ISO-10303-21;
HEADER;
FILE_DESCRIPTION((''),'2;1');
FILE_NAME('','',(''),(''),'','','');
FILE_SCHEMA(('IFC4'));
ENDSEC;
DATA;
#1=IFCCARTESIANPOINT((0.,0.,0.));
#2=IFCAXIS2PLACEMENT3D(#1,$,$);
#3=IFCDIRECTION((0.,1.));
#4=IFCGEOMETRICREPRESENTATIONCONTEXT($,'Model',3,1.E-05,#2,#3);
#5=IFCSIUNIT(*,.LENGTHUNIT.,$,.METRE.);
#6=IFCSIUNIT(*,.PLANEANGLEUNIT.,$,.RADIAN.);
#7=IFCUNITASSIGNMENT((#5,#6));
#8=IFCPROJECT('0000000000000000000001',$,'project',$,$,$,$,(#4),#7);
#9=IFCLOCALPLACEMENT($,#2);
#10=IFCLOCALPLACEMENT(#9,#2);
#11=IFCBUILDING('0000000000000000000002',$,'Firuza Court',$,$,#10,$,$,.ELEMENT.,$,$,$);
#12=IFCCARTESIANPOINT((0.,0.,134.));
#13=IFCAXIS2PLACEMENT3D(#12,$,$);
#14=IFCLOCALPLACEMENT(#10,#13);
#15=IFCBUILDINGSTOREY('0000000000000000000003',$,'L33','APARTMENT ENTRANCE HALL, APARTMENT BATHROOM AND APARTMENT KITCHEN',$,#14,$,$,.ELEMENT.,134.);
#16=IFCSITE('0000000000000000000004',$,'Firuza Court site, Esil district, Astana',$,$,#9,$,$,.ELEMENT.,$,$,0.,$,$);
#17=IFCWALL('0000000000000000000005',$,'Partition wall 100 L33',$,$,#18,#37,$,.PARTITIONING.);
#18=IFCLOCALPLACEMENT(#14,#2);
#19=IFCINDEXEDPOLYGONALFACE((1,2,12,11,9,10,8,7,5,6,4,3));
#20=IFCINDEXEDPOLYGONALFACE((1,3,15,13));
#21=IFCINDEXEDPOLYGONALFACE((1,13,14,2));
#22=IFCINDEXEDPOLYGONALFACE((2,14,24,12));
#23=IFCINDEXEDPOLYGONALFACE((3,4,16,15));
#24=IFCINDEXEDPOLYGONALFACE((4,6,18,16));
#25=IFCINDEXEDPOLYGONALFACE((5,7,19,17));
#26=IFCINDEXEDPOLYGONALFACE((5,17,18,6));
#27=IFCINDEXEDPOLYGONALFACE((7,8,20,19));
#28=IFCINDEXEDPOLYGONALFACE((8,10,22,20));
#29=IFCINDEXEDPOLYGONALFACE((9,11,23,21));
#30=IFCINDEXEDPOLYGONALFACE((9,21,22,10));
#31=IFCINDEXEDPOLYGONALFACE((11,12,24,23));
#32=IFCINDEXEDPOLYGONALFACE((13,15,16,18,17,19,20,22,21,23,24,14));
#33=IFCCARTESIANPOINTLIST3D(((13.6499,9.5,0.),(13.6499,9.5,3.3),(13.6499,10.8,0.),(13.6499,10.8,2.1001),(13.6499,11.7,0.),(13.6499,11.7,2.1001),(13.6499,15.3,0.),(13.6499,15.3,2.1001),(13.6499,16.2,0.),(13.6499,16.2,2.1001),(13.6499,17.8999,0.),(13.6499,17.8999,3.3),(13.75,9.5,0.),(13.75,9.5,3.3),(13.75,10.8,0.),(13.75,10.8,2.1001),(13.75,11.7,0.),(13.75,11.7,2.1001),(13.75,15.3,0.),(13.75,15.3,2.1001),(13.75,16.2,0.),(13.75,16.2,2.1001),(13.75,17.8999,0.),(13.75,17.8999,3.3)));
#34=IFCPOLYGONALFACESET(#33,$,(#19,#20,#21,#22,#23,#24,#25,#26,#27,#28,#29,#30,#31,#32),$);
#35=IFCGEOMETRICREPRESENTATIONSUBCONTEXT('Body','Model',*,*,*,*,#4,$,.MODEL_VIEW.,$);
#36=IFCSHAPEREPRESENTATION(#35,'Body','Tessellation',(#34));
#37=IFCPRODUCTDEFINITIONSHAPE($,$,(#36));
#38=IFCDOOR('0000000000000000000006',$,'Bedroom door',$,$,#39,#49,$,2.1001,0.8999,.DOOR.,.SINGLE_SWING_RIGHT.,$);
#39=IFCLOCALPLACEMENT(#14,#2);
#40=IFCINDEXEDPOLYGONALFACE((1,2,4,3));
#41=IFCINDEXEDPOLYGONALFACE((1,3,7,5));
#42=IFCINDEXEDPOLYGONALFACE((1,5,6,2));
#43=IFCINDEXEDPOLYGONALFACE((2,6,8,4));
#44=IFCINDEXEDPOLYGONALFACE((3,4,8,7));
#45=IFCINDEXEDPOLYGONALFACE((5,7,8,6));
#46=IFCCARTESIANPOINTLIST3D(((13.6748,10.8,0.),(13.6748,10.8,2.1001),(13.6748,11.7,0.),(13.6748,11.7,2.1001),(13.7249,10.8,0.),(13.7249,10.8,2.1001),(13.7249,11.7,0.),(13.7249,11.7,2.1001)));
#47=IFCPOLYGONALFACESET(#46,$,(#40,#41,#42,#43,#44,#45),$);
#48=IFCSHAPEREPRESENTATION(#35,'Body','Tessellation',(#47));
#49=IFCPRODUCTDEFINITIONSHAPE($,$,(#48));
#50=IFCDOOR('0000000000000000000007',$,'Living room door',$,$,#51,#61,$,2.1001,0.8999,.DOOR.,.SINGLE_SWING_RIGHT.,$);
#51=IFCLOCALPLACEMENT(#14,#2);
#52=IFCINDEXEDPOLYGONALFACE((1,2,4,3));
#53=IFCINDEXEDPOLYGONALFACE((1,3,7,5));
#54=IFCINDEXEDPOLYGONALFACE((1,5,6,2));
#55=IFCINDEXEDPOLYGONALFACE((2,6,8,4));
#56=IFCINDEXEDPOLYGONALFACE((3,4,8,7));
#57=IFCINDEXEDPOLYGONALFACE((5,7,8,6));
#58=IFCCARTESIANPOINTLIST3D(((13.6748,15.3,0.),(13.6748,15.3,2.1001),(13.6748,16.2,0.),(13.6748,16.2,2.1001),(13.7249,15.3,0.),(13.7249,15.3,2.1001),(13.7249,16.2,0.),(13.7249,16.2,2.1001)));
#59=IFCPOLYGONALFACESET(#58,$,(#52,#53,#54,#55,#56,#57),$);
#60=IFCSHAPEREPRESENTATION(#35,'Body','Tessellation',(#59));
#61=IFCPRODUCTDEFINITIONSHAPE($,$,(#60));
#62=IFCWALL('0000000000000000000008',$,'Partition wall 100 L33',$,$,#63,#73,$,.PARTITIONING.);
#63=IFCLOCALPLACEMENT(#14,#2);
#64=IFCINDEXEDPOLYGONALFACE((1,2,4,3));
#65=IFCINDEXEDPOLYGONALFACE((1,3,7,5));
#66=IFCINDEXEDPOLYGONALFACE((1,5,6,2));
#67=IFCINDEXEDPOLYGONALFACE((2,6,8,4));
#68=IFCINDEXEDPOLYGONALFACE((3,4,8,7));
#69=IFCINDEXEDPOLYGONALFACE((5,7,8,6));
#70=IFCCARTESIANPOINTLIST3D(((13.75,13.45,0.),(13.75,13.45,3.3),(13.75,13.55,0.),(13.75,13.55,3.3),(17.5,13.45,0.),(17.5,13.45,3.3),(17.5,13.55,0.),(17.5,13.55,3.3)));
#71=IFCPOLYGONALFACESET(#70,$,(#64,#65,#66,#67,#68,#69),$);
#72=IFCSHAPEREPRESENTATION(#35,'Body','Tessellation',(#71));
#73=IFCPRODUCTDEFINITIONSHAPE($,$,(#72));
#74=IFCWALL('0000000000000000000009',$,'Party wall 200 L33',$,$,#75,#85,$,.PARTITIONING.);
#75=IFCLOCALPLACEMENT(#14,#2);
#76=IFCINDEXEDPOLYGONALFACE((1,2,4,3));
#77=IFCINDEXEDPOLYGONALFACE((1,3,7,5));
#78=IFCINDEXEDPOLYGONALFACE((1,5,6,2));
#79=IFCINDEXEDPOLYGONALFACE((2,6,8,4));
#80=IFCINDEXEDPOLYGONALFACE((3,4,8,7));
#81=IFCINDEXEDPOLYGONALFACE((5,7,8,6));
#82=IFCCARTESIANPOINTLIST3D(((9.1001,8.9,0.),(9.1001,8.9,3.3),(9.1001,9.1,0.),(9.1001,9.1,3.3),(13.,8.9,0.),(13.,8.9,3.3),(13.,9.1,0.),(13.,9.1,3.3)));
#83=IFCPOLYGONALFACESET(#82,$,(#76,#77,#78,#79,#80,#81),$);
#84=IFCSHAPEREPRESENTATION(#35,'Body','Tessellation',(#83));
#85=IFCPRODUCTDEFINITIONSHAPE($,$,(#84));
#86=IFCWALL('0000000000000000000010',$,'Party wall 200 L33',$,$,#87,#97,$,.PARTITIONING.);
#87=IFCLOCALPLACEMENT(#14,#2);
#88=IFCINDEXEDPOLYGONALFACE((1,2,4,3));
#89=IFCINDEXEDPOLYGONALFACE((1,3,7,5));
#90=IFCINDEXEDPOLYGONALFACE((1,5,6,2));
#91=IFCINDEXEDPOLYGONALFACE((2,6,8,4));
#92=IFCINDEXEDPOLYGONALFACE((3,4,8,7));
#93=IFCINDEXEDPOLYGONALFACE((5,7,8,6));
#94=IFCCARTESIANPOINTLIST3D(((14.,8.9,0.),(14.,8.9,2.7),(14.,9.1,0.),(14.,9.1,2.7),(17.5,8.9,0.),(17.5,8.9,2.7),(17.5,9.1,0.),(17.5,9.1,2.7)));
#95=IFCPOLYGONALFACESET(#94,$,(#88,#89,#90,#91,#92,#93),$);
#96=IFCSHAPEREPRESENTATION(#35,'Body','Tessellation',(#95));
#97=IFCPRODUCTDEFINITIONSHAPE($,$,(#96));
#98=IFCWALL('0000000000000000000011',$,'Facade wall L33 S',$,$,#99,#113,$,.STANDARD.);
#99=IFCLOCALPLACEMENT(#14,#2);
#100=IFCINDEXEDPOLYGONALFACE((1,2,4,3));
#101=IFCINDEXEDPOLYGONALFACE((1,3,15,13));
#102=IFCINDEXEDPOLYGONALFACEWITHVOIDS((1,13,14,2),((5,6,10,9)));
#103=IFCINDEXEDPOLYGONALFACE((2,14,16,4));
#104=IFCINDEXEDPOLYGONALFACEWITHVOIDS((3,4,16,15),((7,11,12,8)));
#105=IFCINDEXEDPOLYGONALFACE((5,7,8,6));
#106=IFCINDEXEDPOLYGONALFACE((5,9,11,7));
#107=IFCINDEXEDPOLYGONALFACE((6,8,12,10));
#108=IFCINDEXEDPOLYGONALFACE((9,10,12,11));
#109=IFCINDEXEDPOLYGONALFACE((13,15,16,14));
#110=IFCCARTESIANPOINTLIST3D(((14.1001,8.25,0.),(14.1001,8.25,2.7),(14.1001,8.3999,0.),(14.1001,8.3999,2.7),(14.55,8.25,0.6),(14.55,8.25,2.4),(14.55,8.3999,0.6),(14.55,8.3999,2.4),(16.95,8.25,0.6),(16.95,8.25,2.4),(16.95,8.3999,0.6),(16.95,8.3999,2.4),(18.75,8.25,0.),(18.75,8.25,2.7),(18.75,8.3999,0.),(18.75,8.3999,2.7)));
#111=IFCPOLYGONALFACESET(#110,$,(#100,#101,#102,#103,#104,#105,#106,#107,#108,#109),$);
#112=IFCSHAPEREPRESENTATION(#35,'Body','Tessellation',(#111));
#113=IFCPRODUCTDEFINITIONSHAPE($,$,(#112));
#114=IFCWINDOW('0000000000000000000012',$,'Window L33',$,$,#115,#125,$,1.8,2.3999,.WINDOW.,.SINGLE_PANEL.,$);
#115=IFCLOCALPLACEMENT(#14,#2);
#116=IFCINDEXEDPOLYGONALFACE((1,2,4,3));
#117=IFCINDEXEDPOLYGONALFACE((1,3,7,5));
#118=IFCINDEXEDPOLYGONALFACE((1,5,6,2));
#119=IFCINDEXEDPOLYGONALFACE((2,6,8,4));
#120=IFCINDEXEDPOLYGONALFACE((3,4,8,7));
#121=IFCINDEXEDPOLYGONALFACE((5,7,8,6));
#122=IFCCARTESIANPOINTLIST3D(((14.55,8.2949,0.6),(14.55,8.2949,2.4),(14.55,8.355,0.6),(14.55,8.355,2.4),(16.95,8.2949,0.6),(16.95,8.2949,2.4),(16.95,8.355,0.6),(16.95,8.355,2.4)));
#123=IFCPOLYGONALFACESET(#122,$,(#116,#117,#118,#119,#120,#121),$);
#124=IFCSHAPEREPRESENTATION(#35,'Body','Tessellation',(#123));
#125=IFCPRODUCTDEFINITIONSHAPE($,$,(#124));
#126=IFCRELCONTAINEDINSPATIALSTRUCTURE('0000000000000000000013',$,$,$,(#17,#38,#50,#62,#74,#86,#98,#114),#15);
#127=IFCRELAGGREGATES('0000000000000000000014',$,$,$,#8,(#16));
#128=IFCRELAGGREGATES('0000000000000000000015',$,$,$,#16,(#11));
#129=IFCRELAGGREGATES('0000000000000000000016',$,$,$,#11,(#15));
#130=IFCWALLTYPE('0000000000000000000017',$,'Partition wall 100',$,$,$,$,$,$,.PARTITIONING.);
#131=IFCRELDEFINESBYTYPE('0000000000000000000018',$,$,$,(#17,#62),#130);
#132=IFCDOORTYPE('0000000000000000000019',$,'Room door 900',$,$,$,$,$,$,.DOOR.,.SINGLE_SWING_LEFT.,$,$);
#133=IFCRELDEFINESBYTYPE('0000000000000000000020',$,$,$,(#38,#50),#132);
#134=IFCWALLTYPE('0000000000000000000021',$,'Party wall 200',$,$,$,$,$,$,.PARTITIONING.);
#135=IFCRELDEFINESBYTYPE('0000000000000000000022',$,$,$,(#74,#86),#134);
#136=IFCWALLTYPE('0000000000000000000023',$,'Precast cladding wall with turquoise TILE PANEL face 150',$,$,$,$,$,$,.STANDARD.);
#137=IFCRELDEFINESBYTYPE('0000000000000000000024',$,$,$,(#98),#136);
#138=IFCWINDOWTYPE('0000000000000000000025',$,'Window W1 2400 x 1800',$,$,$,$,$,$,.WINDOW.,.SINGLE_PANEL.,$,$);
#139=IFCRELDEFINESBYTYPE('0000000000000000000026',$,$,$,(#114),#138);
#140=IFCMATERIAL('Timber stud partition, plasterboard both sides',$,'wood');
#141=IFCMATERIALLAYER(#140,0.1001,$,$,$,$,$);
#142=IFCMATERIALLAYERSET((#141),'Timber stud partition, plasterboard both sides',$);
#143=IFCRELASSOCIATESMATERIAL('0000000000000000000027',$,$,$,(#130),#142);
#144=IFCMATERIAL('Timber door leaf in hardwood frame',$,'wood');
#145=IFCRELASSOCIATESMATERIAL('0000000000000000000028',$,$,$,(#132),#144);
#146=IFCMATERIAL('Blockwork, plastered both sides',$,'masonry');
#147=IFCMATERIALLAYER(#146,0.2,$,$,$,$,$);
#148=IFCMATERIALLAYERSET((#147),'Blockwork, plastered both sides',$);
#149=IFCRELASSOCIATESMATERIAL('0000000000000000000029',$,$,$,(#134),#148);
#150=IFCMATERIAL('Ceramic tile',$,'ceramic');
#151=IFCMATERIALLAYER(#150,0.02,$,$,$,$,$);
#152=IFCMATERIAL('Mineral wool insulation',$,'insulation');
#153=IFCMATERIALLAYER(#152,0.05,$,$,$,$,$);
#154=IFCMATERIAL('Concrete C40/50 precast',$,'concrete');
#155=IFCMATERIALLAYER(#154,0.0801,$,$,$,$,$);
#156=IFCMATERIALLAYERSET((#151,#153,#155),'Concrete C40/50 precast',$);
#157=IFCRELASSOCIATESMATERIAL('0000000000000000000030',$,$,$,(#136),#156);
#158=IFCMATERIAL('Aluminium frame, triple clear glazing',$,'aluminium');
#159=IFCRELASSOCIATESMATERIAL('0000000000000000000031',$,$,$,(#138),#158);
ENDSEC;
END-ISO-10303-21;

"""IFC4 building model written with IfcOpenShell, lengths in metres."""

from ifc_helpers import new_model, si_unit, direction, frame, frame_2d, origin, place, context, subcontext, project, spatial, rectangle, extrude, material, layer, layer_set, type_object, element, fill, save


model = new_model("IFC4")

# Units and contexts
model_context = context("Model", 3, precision=1e-05, world=origin(), true_north=direction((0.0, 1.0)))
body_context = subcontext(model_context, "Body", "Model", "MODEL_VIEW")
ifc_project = project(units=[si_unit("LENGTHUNIT", "METRE"), si_unit("PLANEANGLEUNIT", "RADIAN")], contexts=[model_context])

# Site, building, storey
site_placement = place(None, origin())
site = spatial("IfcSite", under=ifc_project, at=site_placement, Name="Firuza Court site, Esil district, Astana", CompositionType="ELEMENT", RefElevation=0.0)
building_placement = place(site_placement, origin())
building = spatial("IfcBuilding", under=site, at=building_placement, Name="Firuza Court", CompositionType="ELEMENT")
storey_placement = place(building_placement, frame((0.0, 0.0, 134.0)))
storey = spatial("IfcBuildingStorey", under=building, at=storey_placement, Name="L33", Description="APARTMENT ENTRANCE HALL, APARTMENT BATHROOM AND APARTMENT KITCHEN", CompositionType="ELEMENT", Elevation=134.0)

# Wall, openings, doors
ifc_material_1 = material(Name="Timber stud partition, plasterboard both sides", Category="wood")
ifc_layer_1 = layer(ifc_material_1, 0.1001)
ifc_layer_set_1 = layer_set([ifc_layer_1], Name="Timber stud partition, plasterboard both sides")
wall_type_1 = type_object("IfcWallType", Name="Partition wall 100", PredefinedType="PARTITIONING", material=ifc_layer_set_1)
ifc_material_2 = material(Name="Timber door leaf in hardwood frame", Category="wood")
door_type_1 = type_object("IfcDoorType", Name="Room door 900", OperationType="SINGLE_SWING_LEFT", PredefinedType="DOOR", material=ifc_material_2)
wall_1_placement = place(storey_placement, frame((13.7, 9.5, 0.0), z_axis=(0.0, 0.0, 1.0), x_axis=(0.0, 1.0, 0.0)))
wall_1 = element("IfcWall", 1, at=wall_1_placement, inside=storey, type_object=wall_type_1, Name="Partition wall 100 L33", PredefinedType="PARTITIONING", context=body_context, shape_type="SweptSolid", body=[
    extrude(rectangle(XDim=8.3999, YDim=0.1001, at=frame_2d((4.2, 0.0))), origin(), (0.0, 0.0, 1.0), 3.3),
])
opening_1_placement = place(wall_1_placement, frame((1.3, 0.0, 0.0)))
opening_1 = element("IfcOpeningElement", 2, at=opening_1_placement, cuts=wall_1, PredefinedType="OPENING", context=body_context, shape_type="SweptSolid", body=[
    extrude(rectangle(XDim=0.8999, YDim=2.1001, at=frame_2d((0.45, 1.05))), frame((0.0, 0.062, 0.0), z_axis=(0.0, -1.0, 0.0), x_axis=(1.0, 0.0, 0.0)), (0.0, 0.0, 1.0), 0.124),
])
opening_2_placement = place(wall_1_placement, frame((5.8, 0.0, 0.0)))
opening_2 = element("IfcOpeningElement", 3, at=opening_2_placement, cuts=wall_1, PredefinedType="OPENING", context=body_context, shape_type="SweptSolid", body=[
    extrude(rectangle(XDim=0.8999, YDim=2.1001, at=frame_2d((0.45, 1.05))), frame((0.0, 0.062, 0.0), z_axis=(0.0, -1.0, 0.0), x_axis=(1.0, 0.0, 0.0)), (0.0, 0.0, 1.0), 0.124),
])
door_1_placement = place(opening_1_placement, frame((0.8999, 0.0, 0.0), z_axis=(0.0, 0.0, 1.0), x_axis=(-1.0, 0.0, 0.0)))
door_1 = element("IfcDoor", 4, at=door_1_placement, inside=storey, type_object=door_type_1, Name="Bedroom door", OperationType="SINGLE_SWING_RIGHT", OverallHeight=2.1001, OverallWidth=0.8999, PredefinedType="DOOR", context=body_context, shape_type="SweptSolid", body=[
    extrude(rectangle(XDim=0.8999, YDim=2.1001, at=frame_2d((0.45, 1.05))), frame((0.0, 0.0249, 0.0), z_axis=(0.0, -1.0, 0.0), x_axis=(1.0, 0.0, 0.0)), (0.0, 0.0, 1.0), 0.05),
])
fill(opening_1, door_1)
door_2_placement = place(opening_2_placement, frame((0.8999, 0.0, 0.0), z_axis=(0.0, 0.0, 1.0), x_axis=(-1.0, 0.0, 0.0)))
door_2 = element("IfcDoor", 5, at=door_2_placement, inside=storey, type_object=door_type_1, Name="Living room door", OperationType="SINGLE_SWING_RIGHT", OverallHeight=2.1001, OverallWidth=0.8999, PredefinedType="DOOR", context=body_context, shape_type="SweptSolid", body=[
    extrude(rectangle(XDim=0.8999, YDim=2.1001, at=frame_2d((0.45, 1.05))), frame((0.0, 0.0249, 0.0), z_axis=(0.0, -1.0, 0.0), x_axis=(1.0, 0.0, 0.0)), (0.0, 0.0, 1.0), 0.05),
])
fill(opening_2, door_2)

# Walls
wall_2_placement = place(storey_placement, frame((13.75, 13.5, 0.0), z_axis=(0.0, 0.0, 1.0), x_axis=(1.0, 0.0, 0.0)))
element("IfcWall", 6, at=wall_2_placement, inside=storey, type_object=wall_type_1, Name="Partition wall 100 L33", PredefinedType="PARTITIONING", context=body_context, shape_type="SweptSolid", body=[
    extrude(rectangle(XDim=3.75, YDim=0.1001, at=frame_2d((1.875, 0.0))), origin(), (0.0, 0.0, 1.0), 3.3),
])
ifc_material_3 = material(Name="Blockwork, plastered both sides", Category="masonry")
ifc_layer_2 = layer(ifc_material_3, 0.2)
ifc_layer_set_2 = layer_set([ifc_layer_2], Name="Blockwork, plastered both sides")
wall_type_2 = type_object("IfcWallType", Name="Party wall 200", PredefinedType="PARTITIONING", material=ifc_layer_set_2)
wall_3_placement = place(storey_placement, frame((9.1001, 9.0, 0.0), z_axis=(0.0, 0.0, 1.0), x_axis=(1.0, 0.0, 0.0)))
element("IfcWall", 7, at=wall_3_placement, inside=storey, type_object=wall_type_2, Name="Party wall 200 L33", PredefinedType="PARTITIONING", context=body_context, shape_type="SweptSolid", body=[
    extrude(rectangle(XDim=3.8999, YDim=0.2, at=frame_2d((1.95, 0.0))), origin(), (0.0, 0.0, 1.0), 3.3),
])
wall_4_placement = place(storey_placement, frame((14.0, 9.0, 0.0), z_axis=(0.0, 0.0, 1.0), x_axis=(1.0, 0.0, 0.0)))
element("IfcWall", 8, at=wall_4_placement, inside=storey, type_object=wall_type_2, Name="Party wall 200 L33", PredefinedType="PARTITIONING", context=body_context, shape_type="SweptSolid", body=[
    extrude(rectangle(XDim=3.5, YDim=0.2, at=frame_2d((1.75, 0.0))), origin(), (0.0, 0.0, 1.0), 2.7),
])

# Wall, opening, window
ifc_material_4 = material(Name="Ceramic tile", Category="ceramic")
ifc_layer_3 = layer(ifc_material_4, 0.02)
ifc_material_5 = material(Name="Mineral wool insulation", Category="insulation")
ifc_layer_4 = layer(ifc_material_5, 0.05)
ifc_material_6 = material(Name="Concrete C40/50 precast", Category="concrete")
ifc_layer_5 = layer(ifc_material_6, 0.0801)
ifc_layer_set_3 = layer_set([ifc_layer_3, ifc_layer_4, ifc_layer_5], Name="Concrete C40/50 precast")
wall_type_3 = type_object("IfcWallType", Name="Precast cladding wall with turquoise TILE PANEL face 150", PredefinedType="STANDARD", material=ifc_layer_set_3)
wall_5_placement = place(storey_placement, frame((14.1001, 8.325, 0.0), z_axis=(0.0, 0.0, 1.0), x_axis=(1.0, 0.0, 0.0)))
wall_5 = element("IfcWall", 9, at=wall_5_placement, inside=storey, type_object=wall_type_3, Name="Facade wall L33 S", PredefinedType="STANDARD", context=body_context, shape_type="SweptSolid", body=[
    extrude(rectangle(XDim=4.6499, YDim=0.1499, at=frame_2d((2.325, 0.0))), origin(), (0.0, 0.0, 1.0), 2.7),
])
opening_3_placement = place(wall_5_placement, frame((0.45, 0.0, 0.6001)))
opening_3 = element("IfcOpeningElement", 10, at=opening_3_placement, cuts=wall_5, PredefinedType="OPENING", context=body_context, shape_type="SweptSolid", body=[
    extrude(rectangle(XDim=2.3999, YDim=1.8, at=frame_2d((1.2, 0.8999))), frame((0.0, 0.0869, 0.0), z_axis=(0.0, -1.0, 0.0), x_axis=(1.0, 0.0, 0.0)), (0.0, 0.0, 1.0), 0.1738),
])
ifc_material_7 = material(Name="Aluminium frame, triple clear glazing", Category="aluminium")
window_type = type_object("IfcWindowType", Name="Window W1 2400 x 1800", PartitioningType="SINGLE_PANEL", PredefinedType="WINDOW", material=ifc_material_7)
window_placement = place(opening_3_placement, origin())
window = element("IfcWindow", 11, at=window_placement, inside=storey, type_object=window_type, Name="Window L33", OverallHeight=1.8, OverallWidth=2.3999, PartitioningType="SINGLE_PANEL", PredefinedType="WINDOW", context=body_context, shape_type="SweptSolid", body=[
    extrude(rectangle(XDim=2.3999, YDim=1.8, at=frame_2d((1.2, 0.8999))), frame((0.0, 0.03, 0.0), z_axis=(0.0, -1.0, 0.0), x_axis=(1.0, 0.0, 0.0)), (0.0, 0.0, 1.0), 0.0601),
])
fill(opening_3, window)

save(model, "model.ifc")
